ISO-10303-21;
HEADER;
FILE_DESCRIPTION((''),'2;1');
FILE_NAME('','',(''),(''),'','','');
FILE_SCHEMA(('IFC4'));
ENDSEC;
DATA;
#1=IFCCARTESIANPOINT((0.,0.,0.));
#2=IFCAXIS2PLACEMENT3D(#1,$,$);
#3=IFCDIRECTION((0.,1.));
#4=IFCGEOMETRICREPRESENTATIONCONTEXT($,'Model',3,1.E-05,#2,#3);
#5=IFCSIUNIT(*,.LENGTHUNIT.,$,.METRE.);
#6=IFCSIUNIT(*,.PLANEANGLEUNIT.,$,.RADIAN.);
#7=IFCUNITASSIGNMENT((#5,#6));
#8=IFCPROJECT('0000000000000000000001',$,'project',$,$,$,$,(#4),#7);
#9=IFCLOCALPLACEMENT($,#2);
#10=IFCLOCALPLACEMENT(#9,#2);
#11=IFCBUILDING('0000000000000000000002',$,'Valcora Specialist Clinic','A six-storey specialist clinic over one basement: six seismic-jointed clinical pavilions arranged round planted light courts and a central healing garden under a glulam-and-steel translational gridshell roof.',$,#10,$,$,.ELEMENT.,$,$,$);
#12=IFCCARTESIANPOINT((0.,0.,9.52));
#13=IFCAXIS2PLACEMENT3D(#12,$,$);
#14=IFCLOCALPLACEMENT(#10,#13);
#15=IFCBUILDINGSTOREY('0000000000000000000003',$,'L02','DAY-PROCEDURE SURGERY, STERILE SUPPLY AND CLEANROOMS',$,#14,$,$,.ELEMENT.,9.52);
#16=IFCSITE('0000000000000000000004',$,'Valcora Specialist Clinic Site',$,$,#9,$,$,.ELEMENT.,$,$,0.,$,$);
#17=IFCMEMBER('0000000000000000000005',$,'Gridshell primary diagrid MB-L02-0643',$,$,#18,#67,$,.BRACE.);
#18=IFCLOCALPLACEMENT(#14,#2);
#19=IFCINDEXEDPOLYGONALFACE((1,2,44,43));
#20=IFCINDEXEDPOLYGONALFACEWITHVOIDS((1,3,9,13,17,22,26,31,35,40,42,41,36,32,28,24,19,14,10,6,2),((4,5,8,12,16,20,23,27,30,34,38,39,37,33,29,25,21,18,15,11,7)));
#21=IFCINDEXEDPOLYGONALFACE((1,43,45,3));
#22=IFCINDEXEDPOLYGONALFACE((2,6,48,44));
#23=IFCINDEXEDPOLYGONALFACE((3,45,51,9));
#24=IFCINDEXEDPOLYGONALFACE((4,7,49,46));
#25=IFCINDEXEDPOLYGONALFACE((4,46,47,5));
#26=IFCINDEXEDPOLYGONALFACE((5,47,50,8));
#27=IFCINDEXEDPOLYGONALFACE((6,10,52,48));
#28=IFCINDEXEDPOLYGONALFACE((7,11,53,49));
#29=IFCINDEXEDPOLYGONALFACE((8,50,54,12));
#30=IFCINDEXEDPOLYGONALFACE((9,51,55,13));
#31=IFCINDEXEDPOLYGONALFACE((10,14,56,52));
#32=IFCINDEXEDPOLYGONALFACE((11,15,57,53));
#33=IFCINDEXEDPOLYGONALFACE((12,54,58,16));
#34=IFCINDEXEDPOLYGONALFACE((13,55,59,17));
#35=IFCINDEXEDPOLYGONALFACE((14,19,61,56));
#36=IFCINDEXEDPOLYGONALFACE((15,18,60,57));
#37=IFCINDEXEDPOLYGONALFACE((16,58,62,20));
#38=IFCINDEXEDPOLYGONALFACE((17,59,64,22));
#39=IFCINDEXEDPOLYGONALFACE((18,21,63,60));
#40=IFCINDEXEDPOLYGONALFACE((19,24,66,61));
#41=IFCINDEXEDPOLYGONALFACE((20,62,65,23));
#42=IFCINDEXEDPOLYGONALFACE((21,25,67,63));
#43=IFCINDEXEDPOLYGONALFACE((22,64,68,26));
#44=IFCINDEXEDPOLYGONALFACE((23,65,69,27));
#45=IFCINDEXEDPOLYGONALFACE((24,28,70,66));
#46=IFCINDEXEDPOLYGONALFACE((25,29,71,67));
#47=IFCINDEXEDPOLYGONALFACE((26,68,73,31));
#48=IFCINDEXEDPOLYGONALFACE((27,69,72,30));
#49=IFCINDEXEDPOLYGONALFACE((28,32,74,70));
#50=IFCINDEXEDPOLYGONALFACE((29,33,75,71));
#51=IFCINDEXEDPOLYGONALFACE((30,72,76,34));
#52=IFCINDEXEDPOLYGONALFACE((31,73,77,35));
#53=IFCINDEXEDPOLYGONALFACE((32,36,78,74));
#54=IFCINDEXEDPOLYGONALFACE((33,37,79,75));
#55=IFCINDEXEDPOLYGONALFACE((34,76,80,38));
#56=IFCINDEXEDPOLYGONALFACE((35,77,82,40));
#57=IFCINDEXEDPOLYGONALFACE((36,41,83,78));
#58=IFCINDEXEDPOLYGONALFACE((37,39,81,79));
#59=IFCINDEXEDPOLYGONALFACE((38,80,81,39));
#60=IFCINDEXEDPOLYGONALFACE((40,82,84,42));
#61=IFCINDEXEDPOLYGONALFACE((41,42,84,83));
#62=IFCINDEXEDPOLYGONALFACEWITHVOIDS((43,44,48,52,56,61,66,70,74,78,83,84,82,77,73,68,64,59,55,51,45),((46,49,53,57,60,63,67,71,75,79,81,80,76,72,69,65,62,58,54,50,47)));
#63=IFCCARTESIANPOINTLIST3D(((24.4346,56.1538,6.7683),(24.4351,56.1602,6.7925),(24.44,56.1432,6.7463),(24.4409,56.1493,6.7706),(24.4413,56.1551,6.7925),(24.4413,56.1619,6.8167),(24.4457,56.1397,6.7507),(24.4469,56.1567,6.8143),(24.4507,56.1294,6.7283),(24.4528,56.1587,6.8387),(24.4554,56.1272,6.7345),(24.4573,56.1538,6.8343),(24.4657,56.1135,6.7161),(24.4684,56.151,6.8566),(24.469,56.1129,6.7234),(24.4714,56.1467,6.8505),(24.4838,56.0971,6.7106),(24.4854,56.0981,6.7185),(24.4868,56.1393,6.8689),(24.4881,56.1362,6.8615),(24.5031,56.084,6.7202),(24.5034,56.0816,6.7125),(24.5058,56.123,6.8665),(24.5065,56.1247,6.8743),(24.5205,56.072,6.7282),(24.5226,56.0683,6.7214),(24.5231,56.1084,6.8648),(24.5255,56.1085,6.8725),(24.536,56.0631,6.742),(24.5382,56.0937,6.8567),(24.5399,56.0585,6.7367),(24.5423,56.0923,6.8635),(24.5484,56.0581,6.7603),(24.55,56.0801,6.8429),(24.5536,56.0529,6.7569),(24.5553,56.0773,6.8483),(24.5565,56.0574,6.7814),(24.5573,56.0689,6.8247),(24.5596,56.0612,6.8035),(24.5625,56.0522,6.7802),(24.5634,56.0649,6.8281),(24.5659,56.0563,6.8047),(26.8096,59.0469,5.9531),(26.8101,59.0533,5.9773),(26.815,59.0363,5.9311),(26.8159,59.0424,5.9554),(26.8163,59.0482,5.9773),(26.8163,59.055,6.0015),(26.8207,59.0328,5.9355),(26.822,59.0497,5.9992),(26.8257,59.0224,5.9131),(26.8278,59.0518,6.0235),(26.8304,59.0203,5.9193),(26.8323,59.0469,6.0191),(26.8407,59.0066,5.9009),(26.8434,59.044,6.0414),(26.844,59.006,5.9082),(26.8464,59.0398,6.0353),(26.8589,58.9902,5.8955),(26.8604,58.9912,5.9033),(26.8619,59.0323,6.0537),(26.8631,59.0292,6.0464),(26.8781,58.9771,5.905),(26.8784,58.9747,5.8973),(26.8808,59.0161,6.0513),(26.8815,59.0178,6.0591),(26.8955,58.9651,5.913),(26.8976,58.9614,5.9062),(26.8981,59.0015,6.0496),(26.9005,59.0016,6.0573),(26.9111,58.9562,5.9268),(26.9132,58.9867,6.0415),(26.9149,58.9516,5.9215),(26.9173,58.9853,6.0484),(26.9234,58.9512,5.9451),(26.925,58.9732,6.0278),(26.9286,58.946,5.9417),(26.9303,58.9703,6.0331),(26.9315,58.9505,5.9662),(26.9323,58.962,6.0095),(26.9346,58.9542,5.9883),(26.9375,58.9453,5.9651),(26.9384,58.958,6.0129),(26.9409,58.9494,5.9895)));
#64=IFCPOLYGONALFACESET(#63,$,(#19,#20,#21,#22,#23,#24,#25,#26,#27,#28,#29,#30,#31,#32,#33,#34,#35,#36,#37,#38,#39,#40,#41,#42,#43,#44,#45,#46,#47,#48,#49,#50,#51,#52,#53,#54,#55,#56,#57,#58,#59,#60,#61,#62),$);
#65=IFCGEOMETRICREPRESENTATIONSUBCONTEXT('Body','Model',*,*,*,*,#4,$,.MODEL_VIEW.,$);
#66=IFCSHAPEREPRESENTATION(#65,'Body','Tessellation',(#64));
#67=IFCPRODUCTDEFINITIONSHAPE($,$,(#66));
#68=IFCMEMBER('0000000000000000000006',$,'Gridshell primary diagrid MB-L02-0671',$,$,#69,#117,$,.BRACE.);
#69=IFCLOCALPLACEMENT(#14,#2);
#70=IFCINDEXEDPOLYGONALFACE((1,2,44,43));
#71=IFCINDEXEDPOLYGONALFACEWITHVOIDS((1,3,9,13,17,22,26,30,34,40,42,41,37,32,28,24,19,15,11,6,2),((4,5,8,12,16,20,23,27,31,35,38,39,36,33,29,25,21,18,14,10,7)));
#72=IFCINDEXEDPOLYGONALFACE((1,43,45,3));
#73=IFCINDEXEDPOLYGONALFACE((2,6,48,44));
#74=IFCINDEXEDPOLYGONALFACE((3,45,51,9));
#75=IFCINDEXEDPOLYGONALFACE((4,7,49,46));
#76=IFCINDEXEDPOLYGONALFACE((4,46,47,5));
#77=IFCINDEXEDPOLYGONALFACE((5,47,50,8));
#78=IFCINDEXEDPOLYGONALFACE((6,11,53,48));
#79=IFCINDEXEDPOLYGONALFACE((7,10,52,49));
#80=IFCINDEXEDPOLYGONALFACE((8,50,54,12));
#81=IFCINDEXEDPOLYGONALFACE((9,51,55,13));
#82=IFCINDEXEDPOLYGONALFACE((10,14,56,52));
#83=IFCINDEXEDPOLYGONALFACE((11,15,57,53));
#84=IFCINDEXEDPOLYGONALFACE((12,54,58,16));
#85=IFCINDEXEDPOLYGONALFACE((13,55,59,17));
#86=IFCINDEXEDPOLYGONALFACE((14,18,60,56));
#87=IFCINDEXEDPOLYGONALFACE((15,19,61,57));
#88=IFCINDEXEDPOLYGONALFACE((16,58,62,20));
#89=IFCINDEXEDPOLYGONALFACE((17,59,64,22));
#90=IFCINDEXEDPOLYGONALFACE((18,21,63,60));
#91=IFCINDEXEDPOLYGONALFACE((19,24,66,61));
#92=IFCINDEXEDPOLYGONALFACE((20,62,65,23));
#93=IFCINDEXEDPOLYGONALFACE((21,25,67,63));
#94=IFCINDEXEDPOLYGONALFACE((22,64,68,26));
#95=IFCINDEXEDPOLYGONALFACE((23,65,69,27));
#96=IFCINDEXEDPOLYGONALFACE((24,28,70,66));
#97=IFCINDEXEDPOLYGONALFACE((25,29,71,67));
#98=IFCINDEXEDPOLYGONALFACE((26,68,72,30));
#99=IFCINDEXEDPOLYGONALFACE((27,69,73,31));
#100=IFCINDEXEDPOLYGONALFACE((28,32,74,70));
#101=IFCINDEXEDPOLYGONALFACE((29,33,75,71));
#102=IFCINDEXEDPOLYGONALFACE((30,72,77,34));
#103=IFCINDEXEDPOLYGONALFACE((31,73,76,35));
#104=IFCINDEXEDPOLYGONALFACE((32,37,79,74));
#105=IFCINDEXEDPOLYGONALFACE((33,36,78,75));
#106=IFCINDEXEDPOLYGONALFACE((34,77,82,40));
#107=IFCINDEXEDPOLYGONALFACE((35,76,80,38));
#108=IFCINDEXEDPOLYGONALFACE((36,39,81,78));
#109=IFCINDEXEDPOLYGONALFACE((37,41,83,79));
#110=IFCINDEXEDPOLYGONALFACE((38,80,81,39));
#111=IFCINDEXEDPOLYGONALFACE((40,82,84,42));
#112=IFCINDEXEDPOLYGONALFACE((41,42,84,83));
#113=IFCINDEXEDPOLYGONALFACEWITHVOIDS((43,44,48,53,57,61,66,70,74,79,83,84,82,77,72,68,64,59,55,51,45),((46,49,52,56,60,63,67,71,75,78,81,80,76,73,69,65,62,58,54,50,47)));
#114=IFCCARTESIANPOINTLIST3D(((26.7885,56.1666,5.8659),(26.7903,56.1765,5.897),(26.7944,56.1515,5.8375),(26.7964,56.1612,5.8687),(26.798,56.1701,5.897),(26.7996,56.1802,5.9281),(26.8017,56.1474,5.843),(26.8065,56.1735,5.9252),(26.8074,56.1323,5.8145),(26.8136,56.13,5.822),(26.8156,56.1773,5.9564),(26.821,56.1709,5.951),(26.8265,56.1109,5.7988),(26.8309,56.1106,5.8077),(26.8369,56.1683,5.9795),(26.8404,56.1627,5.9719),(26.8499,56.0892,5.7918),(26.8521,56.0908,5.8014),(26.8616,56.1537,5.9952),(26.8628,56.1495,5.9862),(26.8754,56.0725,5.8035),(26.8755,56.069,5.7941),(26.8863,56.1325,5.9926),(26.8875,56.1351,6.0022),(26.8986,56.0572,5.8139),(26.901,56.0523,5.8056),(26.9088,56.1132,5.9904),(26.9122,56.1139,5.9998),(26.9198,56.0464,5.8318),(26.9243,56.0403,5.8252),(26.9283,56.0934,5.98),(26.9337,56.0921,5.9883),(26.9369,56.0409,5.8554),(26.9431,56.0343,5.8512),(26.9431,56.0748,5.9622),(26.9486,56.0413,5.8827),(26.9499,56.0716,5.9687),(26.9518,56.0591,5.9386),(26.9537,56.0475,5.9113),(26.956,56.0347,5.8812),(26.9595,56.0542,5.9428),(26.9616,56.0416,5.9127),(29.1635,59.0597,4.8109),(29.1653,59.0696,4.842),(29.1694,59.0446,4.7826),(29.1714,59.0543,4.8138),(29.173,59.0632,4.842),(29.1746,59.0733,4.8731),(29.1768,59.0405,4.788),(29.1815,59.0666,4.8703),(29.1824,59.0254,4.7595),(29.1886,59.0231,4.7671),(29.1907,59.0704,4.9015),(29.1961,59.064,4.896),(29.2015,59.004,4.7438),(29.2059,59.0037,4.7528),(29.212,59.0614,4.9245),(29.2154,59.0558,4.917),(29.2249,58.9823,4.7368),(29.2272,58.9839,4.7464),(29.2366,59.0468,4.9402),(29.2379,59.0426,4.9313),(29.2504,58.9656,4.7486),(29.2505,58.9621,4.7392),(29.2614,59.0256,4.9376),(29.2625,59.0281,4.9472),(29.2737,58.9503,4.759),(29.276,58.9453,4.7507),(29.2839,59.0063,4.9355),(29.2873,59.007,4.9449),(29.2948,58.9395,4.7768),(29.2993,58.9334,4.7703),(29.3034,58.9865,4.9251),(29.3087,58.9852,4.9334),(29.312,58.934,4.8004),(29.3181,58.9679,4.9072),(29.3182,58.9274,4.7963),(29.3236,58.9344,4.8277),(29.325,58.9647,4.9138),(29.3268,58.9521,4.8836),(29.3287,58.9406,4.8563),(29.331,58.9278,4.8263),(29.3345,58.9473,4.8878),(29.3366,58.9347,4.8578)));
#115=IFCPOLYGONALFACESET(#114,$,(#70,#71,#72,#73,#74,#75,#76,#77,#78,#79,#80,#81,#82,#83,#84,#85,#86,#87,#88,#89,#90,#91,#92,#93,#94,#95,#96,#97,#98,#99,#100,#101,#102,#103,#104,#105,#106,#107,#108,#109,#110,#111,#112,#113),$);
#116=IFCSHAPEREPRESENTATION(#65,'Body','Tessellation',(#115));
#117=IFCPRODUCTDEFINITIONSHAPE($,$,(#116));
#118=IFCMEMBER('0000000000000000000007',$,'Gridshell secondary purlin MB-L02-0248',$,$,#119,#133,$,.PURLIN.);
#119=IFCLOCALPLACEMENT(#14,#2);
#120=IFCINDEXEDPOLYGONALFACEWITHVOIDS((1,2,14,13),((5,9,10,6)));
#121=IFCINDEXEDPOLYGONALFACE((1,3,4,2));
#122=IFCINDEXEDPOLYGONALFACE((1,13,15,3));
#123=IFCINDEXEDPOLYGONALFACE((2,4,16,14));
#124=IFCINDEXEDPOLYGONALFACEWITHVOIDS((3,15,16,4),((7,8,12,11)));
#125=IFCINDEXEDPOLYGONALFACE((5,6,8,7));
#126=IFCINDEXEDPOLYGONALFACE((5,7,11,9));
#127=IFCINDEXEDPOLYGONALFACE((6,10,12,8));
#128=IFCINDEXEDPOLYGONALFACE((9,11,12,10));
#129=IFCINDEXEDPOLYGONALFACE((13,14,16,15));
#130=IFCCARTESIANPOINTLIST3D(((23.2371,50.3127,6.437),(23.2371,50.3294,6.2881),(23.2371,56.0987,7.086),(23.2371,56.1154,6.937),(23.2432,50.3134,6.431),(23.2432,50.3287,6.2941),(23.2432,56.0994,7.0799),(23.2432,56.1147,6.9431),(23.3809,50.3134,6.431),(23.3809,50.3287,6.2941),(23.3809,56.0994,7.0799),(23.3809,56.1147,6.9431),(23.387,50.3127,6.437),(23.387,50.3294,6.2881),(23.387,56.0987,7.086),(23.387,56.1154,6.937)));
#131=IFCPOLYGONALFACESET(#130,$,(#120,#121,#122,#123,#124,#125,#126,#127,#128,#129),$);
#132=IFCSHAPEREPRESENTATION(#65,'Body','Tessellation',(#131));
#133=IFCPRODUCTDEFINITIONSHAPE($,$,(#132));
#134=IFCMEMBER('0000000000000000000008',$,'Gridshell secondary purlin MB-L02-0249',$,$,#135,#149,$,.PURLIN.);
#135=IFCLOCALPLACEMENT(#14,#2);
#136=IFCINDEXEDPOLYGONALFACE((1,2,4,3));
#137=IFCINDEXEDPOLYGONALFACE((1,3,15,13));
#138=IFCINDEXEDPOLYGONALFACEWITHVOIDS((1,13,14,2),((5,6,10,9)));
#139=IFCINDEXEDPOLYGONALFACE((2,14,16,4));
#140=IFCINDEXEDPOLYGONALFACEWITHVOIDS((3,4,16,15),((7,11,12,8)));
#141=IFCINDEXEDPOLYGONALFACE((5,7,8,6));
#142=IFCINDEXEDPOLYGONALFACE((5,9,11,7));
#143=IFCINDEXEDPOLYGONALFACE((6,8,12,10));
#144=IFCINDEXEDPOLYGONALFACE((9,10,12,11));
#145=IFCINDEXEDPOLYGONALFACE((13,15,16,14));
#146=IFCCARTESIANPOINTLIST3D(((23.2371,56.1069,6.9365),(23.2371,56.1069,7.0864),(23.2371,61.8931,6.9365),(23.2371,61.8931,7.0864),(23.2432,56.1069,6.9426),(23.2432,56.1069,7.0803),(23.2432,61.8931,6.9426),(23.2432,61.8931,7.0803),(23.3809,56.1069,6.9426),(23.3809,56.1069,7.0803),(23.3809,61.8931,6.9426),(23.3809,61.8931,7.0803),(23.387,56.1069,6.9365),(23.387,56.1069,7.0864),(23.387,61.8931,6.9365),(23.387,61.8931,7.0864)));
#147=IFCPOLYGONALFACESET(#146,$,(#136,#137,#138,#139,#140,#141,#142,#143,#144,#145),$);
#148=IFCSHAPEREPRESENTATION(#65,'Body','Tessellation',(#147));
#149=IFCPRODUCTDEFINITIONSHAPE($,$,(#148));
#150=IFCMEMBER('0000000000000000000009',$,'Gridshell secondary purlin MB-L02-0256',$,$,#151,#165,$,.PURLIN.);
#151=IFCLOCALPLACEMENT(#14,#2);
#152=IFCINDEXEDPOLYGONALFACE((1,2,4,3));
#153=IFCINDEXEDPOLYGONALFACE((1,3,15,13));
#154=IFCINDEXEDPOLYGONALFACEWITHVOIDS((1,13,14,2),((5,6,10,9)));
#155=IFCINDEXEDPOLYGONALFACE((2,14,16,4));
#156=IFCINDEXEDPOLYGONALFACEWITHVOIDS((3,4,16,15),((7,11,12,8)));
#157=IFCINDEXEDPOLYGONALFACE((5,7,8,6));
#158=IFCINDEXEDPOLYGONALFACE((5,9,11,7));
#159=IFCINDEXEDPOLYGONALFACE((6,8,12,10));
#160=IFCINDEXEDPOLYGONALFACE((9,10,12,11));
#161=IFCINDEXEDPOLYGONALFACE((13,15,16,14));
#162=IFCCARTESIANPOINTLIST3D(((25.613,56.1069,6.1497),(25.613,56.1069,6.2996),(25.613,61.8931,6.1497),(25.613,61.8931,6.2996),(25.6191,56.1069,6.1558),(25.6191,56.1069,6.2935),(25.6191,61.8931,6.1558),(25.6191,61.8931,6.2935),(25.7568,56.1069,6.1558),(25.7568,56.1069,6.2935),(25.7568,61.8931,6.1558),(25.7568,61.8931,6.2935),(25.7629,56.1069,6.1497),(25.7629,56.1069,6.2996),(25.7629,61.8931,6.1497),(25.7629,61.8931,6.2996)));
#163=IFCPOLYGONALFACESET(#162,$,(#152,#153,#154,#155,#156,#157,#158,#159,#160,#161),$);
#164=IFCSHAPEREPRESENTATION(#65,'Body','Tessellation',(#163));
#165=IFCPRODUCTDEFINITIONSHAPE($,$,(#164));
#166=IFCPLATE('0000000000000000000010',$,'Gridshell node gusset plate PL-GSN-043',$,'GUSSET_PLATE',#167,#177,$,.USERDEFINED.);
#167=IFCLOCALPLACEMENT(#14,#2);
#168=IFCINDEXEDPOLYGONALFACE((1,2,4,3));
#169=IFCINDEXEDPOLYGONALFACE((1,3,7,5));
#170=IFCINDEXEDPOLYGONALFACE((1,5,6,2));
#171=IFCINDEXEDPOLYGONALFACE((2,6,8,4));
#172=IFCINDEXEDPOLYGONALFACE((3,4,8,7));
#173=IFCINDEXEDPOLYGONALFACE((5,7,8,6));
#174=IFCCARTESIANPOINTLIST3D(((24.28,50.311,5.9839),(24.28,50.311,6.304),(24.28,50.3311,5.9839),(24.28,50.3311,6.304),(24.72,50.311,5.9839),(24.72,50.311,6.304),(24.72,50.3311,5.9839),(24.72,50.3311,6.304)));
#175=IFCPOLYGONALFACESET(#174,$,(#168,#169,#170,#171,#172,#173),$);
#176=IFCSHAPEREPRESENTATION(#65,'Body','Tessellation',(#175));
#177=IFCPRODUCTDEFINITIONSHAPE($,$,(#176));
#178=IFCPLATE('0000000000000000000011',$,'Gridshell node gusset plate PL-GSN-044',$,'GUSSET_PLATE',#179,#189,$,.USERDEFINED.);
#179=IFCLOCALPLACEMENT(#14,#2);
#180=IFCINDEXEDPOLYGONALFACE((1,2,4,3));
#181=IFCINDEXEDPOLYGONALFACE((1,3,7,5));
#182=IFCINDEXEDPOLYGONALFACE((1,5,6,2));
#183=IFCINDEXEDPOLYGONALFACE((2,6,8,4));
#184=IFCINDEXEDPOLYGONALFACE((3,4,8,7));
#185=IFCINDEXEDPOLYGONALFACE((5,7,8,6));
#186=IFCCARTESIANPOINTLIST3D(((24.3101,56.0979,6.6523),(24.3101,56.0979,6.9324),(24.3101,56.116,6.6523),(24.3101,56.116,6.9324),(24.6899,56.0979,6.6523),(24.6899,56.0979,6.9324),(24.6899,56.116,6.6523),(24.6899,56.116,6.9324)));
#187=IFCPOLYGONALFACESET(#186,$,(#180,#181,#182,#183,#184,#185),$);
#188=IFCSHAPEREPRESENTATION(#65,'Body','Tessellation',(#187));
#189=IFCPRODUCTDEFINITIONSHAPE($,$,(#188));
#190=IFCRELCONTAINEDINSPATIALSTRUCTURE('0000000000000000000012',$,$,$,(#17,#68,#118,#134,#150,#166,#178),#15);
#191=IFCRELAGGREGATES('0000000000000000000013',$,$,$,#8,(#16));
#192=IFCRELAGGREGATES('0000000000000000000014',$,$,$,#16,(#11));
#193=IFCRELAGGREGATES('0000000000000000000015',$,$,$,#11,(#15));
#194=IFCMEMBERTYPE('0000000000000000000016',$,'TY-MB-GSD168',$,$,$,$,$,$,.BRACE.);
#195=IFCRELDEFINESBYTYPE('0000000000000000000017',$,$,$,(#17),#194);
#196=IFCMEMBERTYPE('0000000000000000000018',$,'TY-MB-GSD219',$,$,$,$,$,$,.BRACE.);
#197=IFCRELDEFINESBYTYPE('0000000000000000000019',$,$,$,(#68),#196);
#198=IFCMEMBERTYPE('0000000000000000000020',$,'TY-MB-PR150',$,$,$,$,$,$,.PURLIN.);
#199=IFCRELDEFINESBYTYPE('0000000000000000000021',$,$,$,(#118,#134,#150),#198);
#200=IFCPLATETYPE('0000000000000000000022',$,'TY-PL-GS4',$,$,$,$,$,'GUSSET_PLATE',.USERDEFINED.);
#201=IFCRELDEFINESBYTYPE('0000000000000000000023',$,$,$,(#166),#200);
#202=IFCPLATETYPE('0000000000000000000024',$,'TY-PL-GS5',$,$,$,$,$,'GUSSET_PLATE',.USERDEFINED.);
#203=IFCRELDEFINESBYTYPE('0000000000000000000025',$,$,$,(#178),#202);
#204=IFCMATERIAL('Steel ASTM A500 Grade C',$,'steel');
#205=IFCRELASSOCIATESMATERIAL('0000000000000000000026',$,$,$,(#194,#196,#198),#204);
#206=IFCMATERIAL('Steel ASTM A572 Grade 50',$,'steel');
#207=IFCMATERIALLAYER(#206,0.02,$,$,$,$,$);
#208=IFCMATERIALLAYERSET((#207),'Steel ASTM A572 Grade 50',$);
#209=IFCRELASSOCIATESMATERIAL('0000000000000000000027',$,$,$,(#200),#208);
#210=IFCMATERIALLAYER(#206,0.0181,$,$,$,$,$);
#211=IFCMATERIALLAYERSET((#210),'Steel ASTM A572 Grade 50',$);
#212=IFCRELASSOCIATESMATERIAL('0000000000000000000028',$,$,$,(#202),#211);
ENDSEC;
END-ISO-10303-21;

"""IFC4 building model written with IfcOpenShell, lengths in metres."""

from ifc_helpers import new_model, si_unit, direction, frame, origin, origin_2d, place, context, subcontext, project, spatial, rectangle, hollow_rectangle, hollow_circle, extrude, material, layer, layer_set, material_profile, profile_set, type_object, element, save


model = new_model("IFC4")

# Units and contexts
model_context = context("Model", 3, precision=1e-05, world=origin(), true_north=direction((0.0, 1.0)))
body_context = subcontext(model_context, "Body", "Model", "MODEL_VIEW")
ifc_project = project(units=[si_unit("LENGTHUNIT", "METRE"), si_unit("PLANEANGLEUNIT", "RADIAN")], contexts=[model_context])

# Site, building, storey
site_placement = place(None, origin())
site = spatial("IfcSite", under=ifc_project, at=site_placement, Name="Valcora Specialist Clinic Site", CompositionType="ELEMENT", RefElevation=0.0)
building_placement = place(site_placement, origin())
building = spatial("IfcBuilding", under=site, at=building_placement, Name="Valcora Specialist Clinic", Description="A six-storey specialist clinic over one basement: six seismic-jointed clinical pavilions arranged round planted light courts and a central healing garden under a glulam-and-steel translational gridshell roof.", CompositionType="ELEMENT")
storey_placement = place(building_placement, frame((0.0, 0.0, 9.52)))
storey = spatial("IfcBuildingStorey", under=building, at=storey_placement, Name="L02", Description="DAY-PROCEDURE SURGERY, STERILE SUPPLY AND CLEANROOMS", CompositionType="ELEMENT", Elevation=9.52)

# Members
ifc_material_1 = material(Name="Steel ASTM A500 Grade C", Category="steel")
ifc_material_profile_1 = material_profile(ifc_material_1, hollow_circle(Radius=0.084, WallThickness=0.0081, at=origin_2d()), Name="ST-CHS-168X8")
ifc_profile_set_1 = profile_set([ifc_material_profile_1], Name="Steel ASTM A500 Grade C")
member_type_1 = type_object("IfcMemberType", Name="TY-MB-GSD168", PredefinedType="BRACE", material=ifc_profile_set_1)
member_1_placement = place(storey_placement, frame((24.5, 56.1069, 6.7925), z_axis=(0.619976, 0.755213, -0.212798), x_axis=(-0.772916, 0.634508, 0.0)))
element("IfcMember", 1, at=member_1_placement, inside=storey, type_object=member_type_1, Name="Gridshell primary diagrid MB-L02-0643", PredefinedType="BRACE", context=body_context, shape_type="SweptSolid", body=[
    extrude(hollow_circle(Radius=0.084, WallThickness=0.0081, at=origin_2d()), origin(), (0.0, 0.0, 1.0), 3.8308),
])
ifc_material_profile_2 = material_profile(ifc_material_1, hollow_circle(Radius=0.1096, WallThickness=0.01, at=origin_2d()), Name="ST-CHS-219X10")
ifc_profile_set_2 = profile_set([ifc_material_profile_2], Name="Steel ASTM A500 Grade C")
member_type_2 = type_object("IfcMemberType", Name="TY-MB-GSD219", PredefinedType="BRACE", material=ifc_profile_set_2)
member_2_placement = place(storey_placement, frame((26.875, 56.1069, 5.897), z_axis=(0.610717, 0.743934, -0.271269), x_axis=(-0.772916, 0.634508, 0.0)))
element("IfcMember", 2, at=member_2_placement, inside=storey, type_object=member_type_2, Name="Gridshell primary diagrid MB-L02-0671", PredefinedType="BRACE", context=body_context, shape_type="SweptSolid", body=[
    extrude(hollow_circle(Radius=0.1096, WallThickness=0.01, at=origin_2d()), origin(), (0.0, 0.0, 1.0), 3.8889),
])
ifc_material_profile_3 = material_profile(ifc_material_1, hollow_rectangle(XDim=0.1499, YDim=0.1499, WallThickness=0.0061, at=origin_2d()), Name="ST-RHS-150X150X6")
ifc_profile_set_3 = profile_set([ifc_material_profile_3], Name="Steel ASTM A500 Grade C")
member_type_3 = type_object("IfcMemberType", Name="TY-MB-PR150", PredefinedType="PURLIN", material=ifc_profile_set_3)
member_3_placement = place(storey_placement, frame((23.312, 50.321, 6.3625), z_axis=(0.0, 0.993769, 0.111458), x_axis=(-1.0, 0.0, 0.0)))
element("IfcMember", 3, at=member_3_placement, inside=storey, type_object=member_type_3, Name="Gridshell secondary purlin MB-L02-0248", PredefinedType="PURLIN", context=body_context, shape_type="SweptSolid", body=[
    extrude(hollow_rectangle(XDim=0.1499, YDim=0.1499, WallThickness=0.0061, at=origin_2d()), origin(), (0.0, 0.0, 1.0), 5.8223),
])
for number, where, z_axis, x_axis, name in (
    (4, (23.312, 56.1069, 7.0115), (0.0, 1.0, 0.0), (-1.0, 0.0, 0.0), "Gridshell secondary purlin MB-L02-0249"),
    (5, (25.688, 56.1069, 6.2246), (0.0, 1.0, 0.0), (-1.0, 0.0, 0.0), "Gridshell secondary purlin MB-L02-0256"),
):
    element("IfcMember", number, at=place(storey_placement, frame(where, z_axis=z_axis, x_axis=x_axis)), inside=storey, type_object=member_type_3, Name=name, PredefinedType="PURLIN", context=body_context, shape_type="SweptSolid", body=[
        extrude(hollow_rectangle(XDim=0.1499, YDim=0.1499, WallThickness=0.0061, at=origin_2d()), origin(), (0.0, 0.0, 1.0), 5.7861),
    ])

# Plates
ifc_material_2 = material(Name="Steel ASTM A572 Grade 50", Category="steel")
ifc_layer_1 = layer(ifc_material_2, 0.02)
ifc_layer_set_1 = layer_set([ifc_layer_1], Name="Steel ASTM A572 Grade 50")
plate_type_1 = type_object("IfcPlateType", Name="TY-PL-GS4", ElementType="GUSSET_PLATE", PredefinedType="USERDEFINED", material=ifc_layer_set_1)
plate_placement = place(storey_placement, frame((24.5, 50.321, 5.9839), z_axis=(0.0, 0.0, 1.0), x_axis=(1.0, 0.0, 0.0)))
element("IfcPlate", 6, at=plate_placement, inside=storey, type_object=plate_type_1, Name="Gridshell node gusset plate PL-GSN-043", ObjectType="GUSSET_PLATE", PredefinedType="USERDEFINED", context=body_context, shape_type="SweptSolid", body=[
    extrude(rectangle(XDim=0.4399, YDim=0.02, at=origin_2d()), origin(), (0.0, 0.0, 1.0), 0.3201),
])
ifc_layer_2 = layer(ifc_material_2, 0.0181)
ifc_layer_set_2 = layer_set([ifc_layer_2], Name="Steel ASTM A572 Grade 50")
plate_type_2 = type_object("IfcPlateType", Name="TY-PL-GS5", ElementType="GUSSET_PLATE", PredefinedType="USERDEFINED", material=ifc_layer_set_2)
for number, where, z_axis, x_axis, name in (
    (7, (24.5, 56.1069, 6.6523), (0.0, 0.0, 1.0), (1.0, 0.0, 0.0), "Gridshell node gusset plate PL-GSN-044"),
):
    element("IfcPlate", number, at=place(storey_placement, frame(where, z_axis=z_axis, x_axis=x_axis)), inside=storey, type_object=plate_type_2, Name=name, ObjectType="GUSSET_PLATE", PredefinedType="USERDEFINED", context=body_context, shape_type="SweptSolid", body=[
        extrude(rectangle(XDim=0.3799, YDim=0.0181, at=origin_2d()), origin(), (0.0, 0.0, 1.0), 0.28),
    ])

save(model, "model.ifc")
